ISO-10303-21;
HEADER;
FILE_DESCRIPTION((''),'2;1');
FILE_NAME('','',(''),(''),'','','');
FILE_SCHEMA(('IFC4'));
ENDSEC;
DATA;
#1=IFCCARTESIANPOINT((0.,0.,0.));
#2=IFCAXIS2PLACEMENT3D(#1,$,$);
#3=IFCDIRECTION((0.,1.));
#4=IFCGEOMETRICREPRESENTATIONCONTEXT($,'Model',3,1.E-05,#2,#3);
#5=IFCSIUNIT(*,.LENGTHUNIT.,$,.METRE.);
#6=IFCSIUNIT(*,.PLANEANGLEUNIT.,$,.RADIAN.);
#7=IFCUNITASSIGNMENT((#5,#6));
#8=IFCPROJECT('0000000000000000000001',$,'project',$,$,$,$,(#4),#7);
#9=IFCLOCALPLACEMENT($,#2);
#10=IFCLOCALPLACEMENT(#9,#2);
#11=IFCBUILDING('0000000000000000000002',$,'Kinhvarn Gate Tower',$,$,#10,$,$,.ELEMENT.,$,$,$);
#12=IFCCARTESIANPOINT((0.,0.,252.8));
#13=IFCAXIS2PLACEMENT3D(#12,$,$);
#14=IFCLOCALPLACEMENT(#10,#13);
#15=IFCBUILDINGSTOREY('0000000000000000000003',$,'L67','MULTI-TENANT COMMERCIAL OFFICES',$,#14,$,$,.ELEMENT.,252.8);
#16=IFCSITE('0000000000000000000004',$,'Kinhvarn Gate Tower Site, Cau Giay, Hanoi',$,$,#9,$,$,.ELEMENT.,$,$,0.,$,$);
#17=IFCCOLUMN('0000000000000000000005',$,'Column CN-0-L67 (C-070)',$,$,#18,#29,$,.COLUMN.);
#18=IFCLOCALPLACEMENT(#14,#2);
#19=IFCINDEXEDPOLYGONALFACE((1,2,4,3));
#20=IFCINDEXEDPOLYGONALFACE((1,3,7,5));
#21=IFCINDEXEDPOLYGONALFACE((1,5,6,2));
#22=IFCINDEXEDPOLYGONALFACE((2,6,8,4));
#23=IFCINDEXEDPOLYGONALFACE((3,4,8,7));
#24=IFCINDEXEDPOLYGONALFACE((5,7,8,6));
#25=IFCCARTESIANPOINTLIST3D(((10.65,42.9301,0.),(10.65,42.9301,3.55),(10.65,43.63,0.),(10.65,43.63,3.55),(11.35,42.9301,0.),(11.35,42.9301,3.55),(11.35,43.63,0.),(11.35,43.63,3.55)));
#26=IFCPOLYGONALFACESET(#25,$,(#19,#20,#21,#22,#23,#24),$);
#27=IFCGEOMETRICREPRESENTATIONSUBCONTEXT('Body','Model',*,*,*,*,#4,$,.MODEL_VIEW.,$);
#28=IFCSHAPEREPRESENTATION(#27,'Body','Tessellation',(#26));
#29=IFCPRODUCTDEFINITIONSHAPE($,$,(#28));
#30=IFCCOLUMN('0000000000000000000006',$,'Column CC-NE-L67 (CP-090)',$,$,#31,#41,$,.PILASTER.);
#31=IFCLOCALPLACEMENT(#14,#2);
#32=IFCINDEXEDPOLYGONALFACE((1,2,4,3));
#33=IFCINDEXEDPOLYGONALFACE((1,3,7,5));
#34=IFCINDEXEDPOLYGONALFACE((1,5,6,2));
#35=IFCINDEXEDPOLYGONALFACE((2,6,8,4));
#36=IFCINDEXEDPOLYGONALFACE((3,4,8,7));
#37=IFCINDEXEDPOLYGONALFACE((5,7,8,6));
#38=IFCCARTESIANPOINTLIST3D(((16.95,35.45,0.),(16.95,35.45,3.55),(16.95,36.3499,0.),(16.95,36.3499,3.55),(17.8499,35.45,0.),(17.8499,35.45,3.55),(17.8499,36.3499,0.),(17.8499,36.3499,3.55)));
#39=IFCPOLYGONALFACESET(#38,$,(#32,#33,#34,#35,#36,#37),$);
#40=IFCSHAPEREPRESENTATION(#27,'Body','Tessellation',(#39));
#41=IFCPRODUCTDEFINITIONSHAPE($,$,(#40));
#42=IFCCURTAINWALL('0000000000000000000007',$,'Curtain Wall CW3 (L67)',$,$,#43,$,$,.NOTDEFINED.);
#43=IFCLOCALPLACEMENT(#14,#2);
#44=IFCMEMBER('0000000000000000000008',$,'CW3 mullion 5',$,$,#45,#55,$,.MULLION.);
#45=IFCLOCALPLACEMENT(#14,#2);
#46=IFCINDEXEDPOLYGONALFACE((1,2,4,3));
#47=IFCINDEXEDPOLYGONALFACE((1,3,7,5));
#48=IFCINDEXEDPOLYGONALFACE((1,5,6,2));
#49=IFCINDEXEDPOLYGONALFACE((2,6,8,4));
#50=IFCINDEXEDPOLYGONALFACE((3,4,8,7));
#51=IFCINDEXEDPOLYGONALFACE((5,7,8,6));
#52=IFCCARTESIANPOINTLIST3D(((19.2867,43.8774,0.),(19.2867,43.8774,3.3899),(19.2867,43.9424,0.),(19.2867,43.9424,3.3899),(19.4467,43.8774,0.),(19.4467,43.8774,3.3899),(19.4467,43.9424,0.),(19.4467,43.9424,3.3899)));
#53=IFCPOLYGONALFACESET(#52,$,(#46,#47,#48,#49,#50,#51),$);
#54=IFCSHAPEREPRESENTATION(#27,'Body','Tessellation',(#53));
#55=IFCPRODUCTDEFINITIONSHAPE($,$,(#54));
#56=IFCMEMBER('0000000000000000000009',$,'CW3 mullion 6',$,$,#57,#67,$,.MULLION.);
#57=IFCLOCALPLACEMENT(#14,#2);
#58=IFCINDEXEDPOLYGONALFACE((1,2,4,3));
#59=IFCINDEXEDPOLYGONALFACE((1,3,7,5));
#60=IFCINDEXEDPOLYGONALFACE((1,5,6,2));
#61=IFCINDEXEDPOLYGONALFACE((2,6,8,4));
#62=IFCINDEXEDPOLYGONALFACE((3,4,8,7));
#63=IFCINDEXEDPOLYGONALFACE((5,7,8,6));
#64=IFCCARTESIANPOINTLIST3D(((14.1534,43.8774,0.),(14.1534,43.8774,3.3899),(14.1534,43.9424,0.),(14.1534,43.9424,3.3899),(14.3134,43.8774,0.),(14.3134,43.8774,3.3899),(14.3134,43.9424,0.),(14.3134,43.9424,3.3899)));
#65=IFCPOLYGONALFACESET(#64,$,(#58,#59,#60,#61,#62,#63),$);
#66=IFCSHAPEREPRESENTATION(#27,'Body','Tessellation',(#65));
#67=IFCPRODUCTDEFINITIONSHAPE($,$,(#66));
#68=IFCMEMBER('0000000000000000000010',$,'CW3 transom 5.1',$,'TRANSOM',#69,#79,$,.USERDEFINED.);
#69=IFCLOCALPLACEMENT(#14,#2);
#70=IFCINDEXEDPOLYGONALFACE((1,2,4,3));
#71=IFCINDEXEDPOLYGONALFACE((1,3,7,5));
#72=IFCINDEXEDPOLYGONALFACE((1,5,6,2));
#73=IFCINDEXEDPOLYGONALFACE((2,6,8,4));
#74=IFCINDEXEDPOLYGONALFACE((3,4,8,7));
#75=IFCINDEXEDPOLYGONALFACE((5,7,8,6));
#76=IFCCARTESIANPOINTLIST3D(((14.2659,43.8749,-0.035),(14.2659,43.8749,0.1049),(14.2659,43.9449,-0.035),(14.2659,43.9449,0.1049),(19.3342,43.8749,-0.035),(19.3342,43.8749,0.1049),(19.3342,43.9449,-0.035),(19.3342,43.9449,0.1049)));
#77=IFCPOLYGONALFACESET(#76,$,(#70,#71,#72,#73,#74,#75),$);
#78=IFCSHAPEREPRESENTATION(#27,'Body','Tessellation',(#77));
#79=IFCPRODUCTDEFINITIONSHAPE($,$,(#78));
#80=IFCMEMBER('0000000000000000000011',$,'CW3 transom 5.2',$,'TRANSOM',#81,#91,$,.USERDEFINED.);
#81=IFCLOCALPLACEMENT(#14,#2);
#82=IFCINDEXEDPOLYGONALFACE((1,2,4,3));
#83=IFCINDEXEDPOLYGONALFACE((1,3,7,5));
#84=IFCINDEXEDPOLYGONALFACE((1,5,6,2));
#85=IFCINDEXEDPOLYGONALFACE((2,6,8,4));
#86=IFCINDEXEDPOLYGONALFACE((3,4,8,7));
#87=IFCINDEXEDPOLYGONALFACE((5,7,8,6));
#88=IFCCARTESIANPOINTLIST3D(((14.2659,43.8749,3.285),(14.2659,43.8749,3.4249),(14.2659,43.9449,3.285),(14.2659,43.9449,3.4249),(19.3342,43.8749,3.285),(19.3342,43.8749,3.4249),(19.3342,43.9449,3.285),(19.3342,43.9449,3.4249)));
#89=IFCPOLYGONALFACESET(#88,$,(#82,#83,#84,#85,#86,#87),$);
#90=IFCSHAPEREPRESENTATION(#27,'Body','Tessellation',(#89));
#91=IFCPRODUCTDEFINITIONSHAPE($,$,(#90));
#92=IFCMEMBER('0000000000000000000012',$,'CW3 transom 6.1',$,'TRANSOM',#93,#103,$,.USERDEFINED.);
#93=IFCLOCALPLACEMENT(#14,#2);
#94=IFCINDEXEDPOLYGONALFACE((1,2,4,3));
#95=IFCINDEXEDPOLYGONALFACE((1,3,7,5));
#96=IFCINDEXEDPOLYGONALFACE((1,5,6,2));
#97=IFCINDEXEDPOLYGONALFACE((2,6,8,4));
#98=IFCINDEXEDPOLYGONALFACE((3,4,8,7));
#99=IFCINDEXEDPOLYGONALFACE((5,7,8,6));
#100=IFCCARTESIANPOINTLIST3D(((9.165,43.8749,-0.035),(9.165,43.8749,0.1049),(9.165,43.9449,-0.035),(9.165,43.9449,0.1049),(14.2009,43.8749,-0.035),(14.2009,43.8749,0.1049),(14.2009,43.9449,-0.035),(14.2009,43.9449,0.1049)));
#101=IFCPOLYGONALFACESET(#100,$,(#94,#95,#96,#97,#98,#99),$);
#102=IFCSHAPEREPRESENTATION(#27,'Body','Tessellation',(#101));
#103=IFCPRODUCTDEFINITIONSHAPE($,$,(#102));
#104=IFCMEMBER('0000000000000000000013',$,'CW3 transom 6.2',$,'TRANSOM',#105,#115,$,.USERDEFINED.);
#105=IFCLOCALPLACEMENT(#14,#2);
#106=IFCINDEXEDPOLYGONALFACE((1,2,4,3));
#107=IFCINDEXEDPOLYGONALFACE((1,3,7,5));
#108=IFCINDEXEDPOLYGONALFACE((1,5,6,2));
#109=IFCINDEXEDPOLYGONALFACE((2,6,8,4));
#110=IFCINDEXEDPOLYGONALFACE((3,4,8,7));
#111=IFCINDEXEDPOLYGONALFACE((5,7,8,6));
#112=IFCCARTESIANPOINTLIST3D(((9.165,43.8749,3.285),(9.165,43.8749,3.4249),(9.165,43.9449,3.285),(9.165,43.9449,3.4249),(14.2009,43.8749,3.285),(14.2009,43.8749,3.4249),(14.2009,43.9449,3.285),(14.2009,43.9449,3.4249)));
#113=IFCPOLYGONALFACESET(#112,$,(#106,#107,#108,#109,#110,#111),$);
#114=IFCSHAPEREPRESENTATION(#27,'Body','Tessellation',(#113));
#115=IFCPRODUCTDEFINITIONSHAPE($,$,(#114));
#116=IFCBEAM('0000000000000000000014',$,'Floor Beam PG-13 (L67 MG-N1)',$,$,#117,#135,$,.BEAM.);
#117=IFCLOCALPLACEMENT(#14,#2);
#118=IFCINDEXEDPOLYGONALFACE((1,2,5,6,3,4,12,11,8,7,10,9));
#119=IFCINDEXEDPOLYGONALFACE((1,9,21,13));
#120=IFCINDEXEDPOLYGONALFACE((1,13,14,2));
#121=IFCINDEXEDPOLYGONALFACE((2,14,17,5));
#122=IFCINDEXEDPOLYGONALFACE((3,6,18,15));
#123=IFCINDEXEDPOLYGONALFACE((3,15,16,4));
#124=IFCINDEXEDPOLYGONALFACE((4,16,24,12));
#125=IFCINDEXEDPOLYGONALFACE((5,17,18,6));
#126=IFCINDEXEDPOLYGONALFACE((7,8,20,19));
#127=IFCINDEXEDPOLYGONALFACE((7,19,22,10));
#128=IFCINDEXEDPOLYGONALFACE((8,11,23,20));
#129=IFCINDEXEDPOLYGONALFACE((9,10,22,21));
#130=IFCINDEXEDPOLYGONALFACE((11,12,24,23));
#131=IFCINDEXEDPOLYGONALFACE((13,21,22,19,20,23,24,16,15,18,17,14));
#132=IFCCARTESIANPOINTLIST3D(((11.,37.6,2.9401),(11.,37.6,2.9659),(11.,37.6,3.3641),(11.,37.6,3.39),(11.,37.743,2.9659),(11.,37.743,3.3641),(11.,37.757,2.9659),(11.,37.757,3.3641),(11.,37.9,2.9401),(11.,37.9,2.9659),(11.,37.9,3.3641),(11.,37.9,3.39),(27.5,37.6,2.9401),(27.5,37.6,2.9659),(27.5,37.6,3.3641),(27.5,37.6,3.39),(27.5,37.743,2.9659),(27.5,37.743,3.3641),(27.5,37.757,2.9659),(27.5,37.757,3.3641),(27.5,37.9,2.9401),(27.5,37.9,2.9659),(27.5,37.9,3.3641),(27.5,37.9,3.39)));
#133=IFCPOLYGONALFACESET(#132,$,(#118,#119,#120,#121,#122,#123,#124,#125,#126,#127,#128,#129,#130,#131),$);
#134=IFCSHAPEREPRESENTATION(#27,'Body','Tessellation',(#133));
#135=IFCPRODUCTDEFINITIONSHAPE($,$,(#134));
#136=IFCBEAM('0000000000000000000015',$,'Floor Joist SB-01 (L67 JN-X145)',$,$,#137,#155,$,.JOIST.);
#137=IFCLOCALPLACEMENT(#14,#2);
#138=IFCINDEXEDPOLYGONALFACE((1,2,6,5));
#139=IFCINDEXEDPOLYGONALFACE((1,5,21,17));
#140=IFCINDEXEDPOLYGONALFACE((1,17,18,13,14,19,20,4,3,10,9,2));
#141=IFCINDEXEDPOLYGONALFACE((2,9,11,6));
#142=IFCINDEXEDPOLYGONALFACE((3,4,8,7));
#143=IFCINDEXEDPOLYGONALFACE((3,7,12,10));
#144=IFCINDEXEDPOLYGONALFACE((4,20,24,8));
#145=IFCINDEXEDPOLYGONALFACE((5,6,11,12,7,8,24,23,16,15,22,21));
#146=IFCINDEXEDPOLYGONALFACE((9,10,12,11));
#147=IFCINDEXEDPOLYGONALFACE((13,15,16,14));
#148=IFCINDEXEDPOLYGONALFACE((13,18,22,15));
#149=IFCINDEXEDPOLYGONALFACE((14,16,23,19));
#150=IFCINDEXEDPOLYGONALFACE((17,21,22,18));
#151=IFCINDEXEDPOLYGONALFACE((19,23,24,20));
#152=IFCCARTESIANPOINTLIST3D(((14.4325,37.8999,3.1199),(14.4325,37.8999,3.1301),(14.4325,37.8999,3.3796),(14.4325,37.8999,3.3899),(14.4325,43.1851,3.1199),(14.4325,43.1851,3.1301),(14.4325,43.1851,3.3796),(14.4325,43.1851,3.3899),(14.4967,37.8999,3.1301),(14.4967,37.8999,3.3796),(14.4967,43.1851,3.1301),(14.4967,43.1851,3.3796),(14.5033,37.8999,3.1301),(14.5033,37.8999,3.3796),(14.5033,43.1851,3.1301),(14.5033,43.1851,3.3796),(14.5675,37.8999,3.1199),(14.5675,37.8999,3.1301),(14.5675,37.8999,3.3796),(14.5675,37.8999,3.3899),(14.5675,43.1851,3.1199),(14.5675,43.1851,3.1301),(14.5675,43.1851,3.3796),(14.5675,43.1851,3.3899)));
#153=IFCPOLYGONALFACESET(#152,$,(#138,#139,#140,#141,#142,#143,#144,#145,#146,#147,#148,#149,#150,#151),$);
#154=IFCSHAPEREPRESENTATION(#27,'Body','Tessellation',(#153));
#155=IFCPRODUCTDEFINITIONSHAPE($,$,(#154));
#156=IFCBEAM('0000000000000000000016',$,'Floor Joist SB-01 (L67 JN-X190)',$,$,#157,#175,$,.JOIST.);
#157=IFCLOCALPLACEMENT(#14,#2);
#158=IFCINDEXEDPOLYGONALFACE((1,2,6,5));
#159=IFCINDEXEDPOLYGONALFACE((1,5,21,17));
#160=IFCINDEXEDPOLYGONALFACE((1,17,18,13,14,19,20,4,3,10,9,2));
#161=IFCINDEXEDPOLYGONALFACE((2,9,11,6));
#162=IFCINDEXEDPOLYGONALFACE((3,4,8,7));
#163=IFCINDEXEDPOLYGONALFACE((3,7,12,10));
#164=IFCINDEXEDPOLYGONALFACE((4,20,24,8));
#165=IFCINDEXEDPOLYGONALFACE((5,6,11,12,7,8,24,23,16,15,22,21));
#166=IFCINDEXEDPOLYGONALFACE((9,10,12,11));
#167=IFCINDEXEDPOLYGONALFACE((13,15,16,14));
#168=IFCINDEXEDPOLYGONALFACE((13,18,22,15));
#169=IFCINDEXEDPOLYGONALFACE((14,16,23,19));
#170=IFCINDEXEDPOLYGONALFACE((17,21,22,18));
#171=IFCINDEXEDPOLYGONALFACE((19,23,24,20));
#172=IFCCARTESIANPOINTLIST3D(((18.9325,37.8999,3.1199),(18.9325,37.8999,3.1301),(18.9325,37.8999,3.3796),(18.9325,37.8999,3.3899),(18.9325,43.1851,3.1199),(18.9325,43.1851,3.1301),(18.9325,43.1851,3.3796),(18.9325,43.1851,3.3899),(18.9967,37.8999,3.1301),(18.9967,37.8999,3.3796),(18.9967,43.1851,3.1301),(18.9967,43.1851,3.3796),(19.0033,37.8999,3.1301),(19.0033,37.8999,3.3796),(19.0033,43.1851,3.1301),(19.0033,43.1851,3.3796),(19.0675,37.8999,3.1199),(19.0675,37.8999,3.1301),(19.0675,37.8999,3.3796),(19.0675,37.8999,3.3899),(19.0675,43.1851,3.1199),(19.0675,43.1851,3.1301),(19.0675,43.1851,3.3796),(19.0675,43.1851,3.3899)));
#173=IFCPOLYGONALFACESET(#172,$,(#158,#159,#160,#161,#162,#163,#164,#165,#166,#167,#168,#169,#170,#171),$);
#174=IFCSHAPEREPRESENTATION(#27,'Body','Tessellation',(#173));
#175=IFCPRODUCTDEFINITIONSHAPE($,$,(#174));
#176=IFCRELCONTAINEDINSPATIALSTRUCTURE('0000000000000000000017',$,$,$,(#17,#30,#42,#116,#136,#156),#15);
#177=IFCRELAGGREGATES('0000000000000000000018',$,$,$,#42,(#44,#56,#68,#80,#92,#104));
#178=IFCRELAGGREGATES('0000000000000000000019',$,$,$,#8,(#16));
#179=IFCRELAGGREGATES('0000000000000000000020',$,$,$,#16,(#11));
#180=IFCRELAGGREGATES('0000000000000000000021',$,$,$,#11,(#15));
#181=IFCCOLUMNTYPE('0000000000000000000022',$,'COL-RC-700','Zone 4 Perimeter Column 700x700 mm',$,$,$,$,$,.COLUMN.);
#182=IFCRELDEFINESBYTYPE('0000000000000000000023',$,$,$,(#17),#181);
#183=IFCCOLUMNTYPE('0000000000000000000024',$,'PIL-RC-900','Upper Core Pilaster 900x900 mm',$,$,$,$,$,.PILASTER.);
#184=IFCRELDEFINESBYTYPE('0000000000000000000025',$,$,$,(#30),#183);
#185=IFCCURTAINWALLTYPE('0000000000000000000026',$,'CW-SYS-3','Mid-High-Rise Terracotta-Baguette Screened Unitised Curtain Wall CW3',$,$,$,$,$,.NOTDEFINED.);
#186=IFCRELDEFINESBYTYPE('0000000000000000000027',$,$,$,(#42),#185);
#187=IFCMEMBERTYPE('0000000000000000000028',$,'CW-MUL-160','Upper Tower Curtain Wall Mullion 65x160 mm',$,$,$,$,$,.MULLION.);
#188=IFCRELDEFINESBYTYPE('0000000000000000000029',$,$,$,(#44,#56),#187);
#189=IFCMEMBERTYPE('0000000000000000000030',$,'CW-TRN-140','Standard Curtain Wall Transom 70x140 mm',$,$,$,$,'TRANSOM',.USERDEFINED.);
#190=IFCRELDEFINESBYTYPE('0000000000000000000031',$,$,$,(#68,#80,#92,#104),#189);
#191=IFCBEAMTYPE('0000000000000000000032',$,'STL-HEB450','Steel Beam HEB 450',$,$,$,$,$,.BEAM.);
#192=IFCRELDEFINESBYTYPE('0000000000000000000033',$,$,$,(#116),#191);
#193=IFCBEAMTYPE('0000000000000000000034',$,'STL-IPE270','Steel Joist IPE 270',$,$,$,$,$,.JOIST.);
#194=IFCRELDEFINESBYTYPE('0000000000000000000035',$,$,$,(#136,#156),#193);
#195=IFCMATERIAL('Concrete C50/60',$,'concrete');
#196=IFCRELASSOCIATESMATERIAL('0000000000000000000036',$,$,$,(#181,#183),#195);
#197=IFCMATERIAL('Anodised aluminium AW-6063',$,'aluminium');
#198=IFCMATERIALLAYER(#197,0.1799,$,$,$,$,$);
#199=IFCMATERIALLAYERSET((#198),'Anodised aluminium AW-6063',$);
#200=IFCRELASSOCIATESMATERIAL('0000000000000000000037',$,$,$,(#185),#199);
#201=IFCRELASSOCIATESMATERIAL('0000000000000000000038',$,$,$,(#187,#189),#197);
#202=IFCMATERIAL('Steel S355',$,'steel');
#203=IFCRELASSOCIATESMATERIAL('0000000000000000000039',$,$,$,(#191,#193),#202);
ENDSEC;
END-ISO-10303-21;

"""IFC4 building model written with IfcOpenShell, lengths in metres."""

from ifc_helpers import new_model, si_unit, direction, frame, origin, origin_2d, place, context, subcontext, project, spatial, rectangle, i_section, extrude, material, layer, layer_set, material_profile, profile_set, type_object, element, aggregate, save


model = new_model("IFC4")

# Units and contexts
model_context = context("Model", 3, precision=1e-05, world=origin(), true_north=direction((0.0, 1.0)))
body_context = subcontext(model_context, "Body", "Model", "MODEL_VIEW")
ifc_project = project(units=[si_unit("LENGTHUNIT", "METRE"), si_unit("PLANEANGLEUNIT", "RADIAN")], contexts=[model_context])

# Site, building, storey
site_placement = place(None, origin())
site = spatial("IfcSite", under=ifc_project, at=site_placement, Name="Kinhvarn Gate Tower Site, Cau Giay, Hanoi", CompositionType="ELEMENT", RefElevation=0.0)
building_placement = place(site_placement, origin())
building = spatial("IfcBuilding", under=site, at=building_placement, Name="Kinhvarn Gate Tower", CompositionType="ELEMENT")
storey_placement = place(building_placement, frame((0.0, 0.0, 252.8)))
storey = spatial("IfcBuildingStorey", under=building, at=storey_placement, Name="L67", Description="MULTI-TENANT COMMERCIAL OFFICES", CompositionType="ELEMENT", Elevation=252.8)

# Columns
ifc_material_1 = material(Name="Concrete C50/60", Category="concrete")
ifc_material_profile_1 = material_profile(ifc_material_1, rectangle(XDim=0.7, YDim=0.7, at=origin_2d()), Name="RC 700x700")
ifc_profile_set_1 = profile_set([ifc_material_profile_1], Name="Concrete C50/60")
column_type_1 = type_object("IfcColumnType", Name="COL-RC-700", Description="Zone 4 Perimeter Column 700x700 mm", PredefinedType="COLUMN", material=ifc_profile_set_1)
column_1_placement = place(storey_placement, frame((11.0, 43.28, 0.0), z_axis=(0.0, 0.0, 1.0), x_axis=(1.0, 0.0, 0.0)))
element("IfcColumn", 1, at=column_1_placement, inside=storey, type_object=column_type_1, Name="Column CN-0-L67 (C-070)", PredefinedType="COLUMN", context=body_context, shape_type="SweptSolid", body=[
    extrude(rectangle(XDim=0.7, YDim=0.7, at=origin_2d()), origin(), (0.0, 0.0, 1.0), 3.55),
])
ifc_material_profile_2 = material_profile(ifc_material_1, rectangle(XDim=0.8999, YDim=0.8999, at=origin_2d()), Name="RC 900x900")
ifc_profile_set_2 = profile_set([ifc_material_profile_2], Name="Concrete C50/60")
column_type_2 = type_object("IfcColumnType", Name="PIL-RC-900", Description="Upper Core Pilaster 900x900 mm", PredefinedType="PILASTER", material=ifc_profile_set_2)
column_2_placement = place(storey_placement, frame((17.3999, 35.8999, 0.0), z_axis=(0.0, 0.0, 1.0), x_axis=(1.0, 0.0, 0.0)))
element("IfcColumn", 2, at=column_2_placement, inside=storey, type_object=column_type_2, Name="Column CC-NE-L67 (CP-090)", PredefinedType="PILASTER", context=body_context, shape_type="SweptSolid", body=[
    extrude(rectangle(XDim=0.8999, YDim=0.8999, at=origin_2d()), origin(), (0.0, 0.0, 1.0), 3.55),
])

# Curtain wall, members
ifc_material_2 = material(Name="Anodised aluminium AW-6063", Category="aluminium")
ifc_layer_1 = layer(ifc_material_2, 0.1799)
ifc_layer_set_1 = layer_set([ifc_layer_1], Name="Anodised aluminium AW-6063")
curtain_wall_type = type_object("IfcCurtainWallType", Name="CW-SYS-3", Description="Mid-High-Rise Terracotta-Baguette Screened Unitised Curtain Wall CW3", PredefinedType="NOTDEFINED", material=ifc_layer_set_1)
curtain_wall_placement = place(storey_placement, origin())
curtain_wall = element("IfcCurtainWall", 3, at=curtain_wall_placement, inside=storey, type_object=curtain_wall_type, Name="Curtain Wall CW3 (L67)", PredefinedType="NOTDEFINED")
ifc_material_profile_3 = material_profile(ifc_material_2, rectangle(XDim=0.0649, YDim=0.1599, at=origin_2d()), Name="ALU 65x160")
ifc_profile_set_3 = profile_set([ifc_material_profile_3], Name="Anodised aluminium AW-6063")
member_type_1 = type_object("IfcMemberType", Name="CW-MUL-160", Description="Upper Tower Curtain Wall Mullion 65x160 mm", PredefinedType="MULLION", material=ifc_profile_set_3)
member_1_placement = place(storey_placement, frame((19.3667, 43.9099, 0.0), z_axis=(0.0, 0.0, 1.0), x_axis=(0.0, -1.0, 0.0)))
member_1 = element("IfcMember", 4, at=member_1_placement, type_object=member_type_1, Name="CW3 mullion 5", PredefinedType="MULLION", context=body_context, shape_type="SweptSolid", body=[
    extrude(rectangle(XDim=0.0649, YDim=0.1599, at=origin_2d()), origin(), (0.0, 0.0, 1.0), 3.3899),
])
member_2_placement = place(storey_placement, frame((14.2334, 43.9099, 0.0), z_axis=(0.0, 0.0, 1.0), x_axis=(0.0, -1.0, 0.0)))
member_2 = element("IfcMember", 5, at=member_2_placement, type_object=member_type_1, Name="CW3 mullion 6", PredefinedType="MULLION", context=body_context, shape_type="SweptSolid", body=[
    extrude(rectangle(XDim=0.0649, YDim=0.1599, at=origin_2d()), origin(), (0.0, 0.0, 1.0), 3.3899),
])
ifc_material_profile_4 = material_profile(ifc_material_2, rectangle(XDim=0.0701, YDim=0.1399, at=origin_2d()), Name="ALU 70x140")
ifc_profile_set_4 = profile_set([ifc_material_profile_4], Name="Anodised aluminium AW-6063")
member_type_2 = type_object("IfcMemberType", Name="CW-TRN-140", Description="Standard Curtain Wall Transom 70x140 mm", ElementType="TRANSOM", PredefinedType="USERDEFINED", material=ifc_profile_set_4)
member_3_placement = place(storey_placement, frame((19.3342, 43.9099, 0.0349), z_axis=(-1.0, 0.0, 0.0), x_axis=(0.0, -1.0, 0.0)))
member_3 = element("IfcMember", 6, at=member_3_placement, type_object=member_type_2, Name="CW3 transom 5.1", ObjectType="TRANSOM", PredefinedType="USERDEFINED", context=body_context, shape_type="SweptSolid", body=[
    extrude(rectangle(XDim=0.0701, YDim=0.1399, at=origin_2d()), origin(), (0.0, 0.0, 1.0), 5.0684),
])
member_4_placement = place(storey_placement, frame((19.3342, 43.9099, 3.355), z_axis=(-1.0, 0.0, 0.0), x_axis=(0.0, -1.0, 0.0)))
member_4 = element("IfcMember", 7, at=member_4_placement, type_object=member_type_2, Name="CW3 transom 5.2", ObjectType="TRANSOM", PredefinedType="USERDEFINED", context=body_context, shape_type="SweptSolid", body=[
    extrude(rectangle(XDim=0.0701, YDim=0.1399, at=origin_2d()), origin(), (0.0, 0.0, 1.0), 5.0684),
])
member_5_placement = place(storey_placement, frame((14.2009, 43.9099, 0.0349), z_axis=(-1.0, 0.0, 0.0), x_axis=(0.0, -1.0, 0.0)))
member_5 = element("IfcMember", 8, at=member_5_placement, type_object=member_type_2, Name="CW3 transom 6.1", ObjectType="TRANSOM", PredefinedType="USERDEFINED", context=body_context, shape_type="SweptSolid", body=[
    extrude(rectangle(XDim=0.0701, YDim=0.1399, at=origin_2d()), origin(), (0.0, 0.0, 1.0), 5.0359),
])
member_6_placement = place(storey_placement, frame((14.2009, 43.9099, 3.355), z_axis=(-1.0, 0.0, 0.0), x_axis=(0.0, -1.0, 0.0)))
member_6 = element("IfcMember", 9, at=member_6_placement, type_object=member_type_2, Name="CW3 transom 6.2", ObjectType="TRANSOM", PredefinedType="USERDEFINED", context=body_context, shape_type="SweptSolid", body=[
    extrude(rectangle(XDim=0.0701, YDim=0.1399, at=origin_2d()), origin(), (0.0, 0.0, 1.0), 5.0359),
])

# Beams
ifc_material_3 = material(Name="Steel S355", Category="steel")
ifc_material_profile_5 = material_profile(ifc_material_3, i_section(OverallWidth=0.3, OverallDepth=0.45, WebThickness=0.0139, FlangeThickness=0.0259, at=origin_2d()), Name="HEB 450")
ifc_profile_set_5 = profile_set([ifc_material_profile_5], Name="Steel S355")
beam_type_1 = type_object("IfcBeamType", Name="STL-HEB450", Description="Steel Beam HEB 450", PredefinedType="BEAM", material=ifc_profile_set_5)
beam_1_placement = place(storey_placement, frame((11.0, 37.75, 3.165), z_axis=(1.0, 0.0, 0.0), x_axis=(0.0, 1.0, 0.0)))
element("IfcBeam", 10, at=beam_1_placement, inside=storey, type_object=beam_type_1, Name="Floor Beam PG-13 (L67 MG-N1)", PredefinedType="BEAM", context=body_context, shape_type="SweptSolid", body=[
    extrude(i_section(OverallWidth=0.3, OverallDepth=0.45, WebThickness=0.0139, FlangeThickness=0.0259, at=origin_2d()), origin(), (0.0, 0.0, 1.0), 16.5),
])
ifc_material_profile_6 = material_profile(ifc_material_3, i_section(OverallWidth=0.135, OverallDepth=0.27, WebThickness=0.0066, FlangeThickness=0.0103, at=origin_2d()), Name="IPE 270")
ifc_profile_set_6 = profile_set([ifc_material_profile_6], Name="Steel S355")
beam_type_2 = type_object("IfcBeamType", Name="STL-IPE270", Description="Steel Joist IPE 270", PredefinedType="JOIST", material=ifc_profile_set_6)
for number, where, z_axis, x_axis, name in (
    (11, (14.5, 37.8999, 3.2549), (0.0, 1.0, 0.0), (-1.0, 0.0, 0.0), "Floor Joist SB-01 (L67 JN-X145)"),
    (12, (19.0, 37.8999, 3.2549), (0.0, 1.0, 0.0), (-1.0, 0.0, 0.0), "Floor Joist SB-01 (L67 JN-X190)"),
):
    element("IfcBeam", number, at=place(storey_placement, frame(where, z_axis=z_axis, x_axis=x_axis)), inside=storey, type_object=beam_type_2, Name=name, PredefinedType="JOIST", context=body_context, shape_type="SweptSolid", body=[
        extrude(i_section(OverallWidth=0.135, OverallDepth=0.27, WebThickness=0.0066, FlangeThickness=0.0103, at=origin_2d()), origin(), (0.0, 0.0, 1.0), 5.2852),
    ])

aggregate(curtain_wall, [member_1, member_2, member_3, member_4, member_5, member_6])

save(model, "model.ifc")
